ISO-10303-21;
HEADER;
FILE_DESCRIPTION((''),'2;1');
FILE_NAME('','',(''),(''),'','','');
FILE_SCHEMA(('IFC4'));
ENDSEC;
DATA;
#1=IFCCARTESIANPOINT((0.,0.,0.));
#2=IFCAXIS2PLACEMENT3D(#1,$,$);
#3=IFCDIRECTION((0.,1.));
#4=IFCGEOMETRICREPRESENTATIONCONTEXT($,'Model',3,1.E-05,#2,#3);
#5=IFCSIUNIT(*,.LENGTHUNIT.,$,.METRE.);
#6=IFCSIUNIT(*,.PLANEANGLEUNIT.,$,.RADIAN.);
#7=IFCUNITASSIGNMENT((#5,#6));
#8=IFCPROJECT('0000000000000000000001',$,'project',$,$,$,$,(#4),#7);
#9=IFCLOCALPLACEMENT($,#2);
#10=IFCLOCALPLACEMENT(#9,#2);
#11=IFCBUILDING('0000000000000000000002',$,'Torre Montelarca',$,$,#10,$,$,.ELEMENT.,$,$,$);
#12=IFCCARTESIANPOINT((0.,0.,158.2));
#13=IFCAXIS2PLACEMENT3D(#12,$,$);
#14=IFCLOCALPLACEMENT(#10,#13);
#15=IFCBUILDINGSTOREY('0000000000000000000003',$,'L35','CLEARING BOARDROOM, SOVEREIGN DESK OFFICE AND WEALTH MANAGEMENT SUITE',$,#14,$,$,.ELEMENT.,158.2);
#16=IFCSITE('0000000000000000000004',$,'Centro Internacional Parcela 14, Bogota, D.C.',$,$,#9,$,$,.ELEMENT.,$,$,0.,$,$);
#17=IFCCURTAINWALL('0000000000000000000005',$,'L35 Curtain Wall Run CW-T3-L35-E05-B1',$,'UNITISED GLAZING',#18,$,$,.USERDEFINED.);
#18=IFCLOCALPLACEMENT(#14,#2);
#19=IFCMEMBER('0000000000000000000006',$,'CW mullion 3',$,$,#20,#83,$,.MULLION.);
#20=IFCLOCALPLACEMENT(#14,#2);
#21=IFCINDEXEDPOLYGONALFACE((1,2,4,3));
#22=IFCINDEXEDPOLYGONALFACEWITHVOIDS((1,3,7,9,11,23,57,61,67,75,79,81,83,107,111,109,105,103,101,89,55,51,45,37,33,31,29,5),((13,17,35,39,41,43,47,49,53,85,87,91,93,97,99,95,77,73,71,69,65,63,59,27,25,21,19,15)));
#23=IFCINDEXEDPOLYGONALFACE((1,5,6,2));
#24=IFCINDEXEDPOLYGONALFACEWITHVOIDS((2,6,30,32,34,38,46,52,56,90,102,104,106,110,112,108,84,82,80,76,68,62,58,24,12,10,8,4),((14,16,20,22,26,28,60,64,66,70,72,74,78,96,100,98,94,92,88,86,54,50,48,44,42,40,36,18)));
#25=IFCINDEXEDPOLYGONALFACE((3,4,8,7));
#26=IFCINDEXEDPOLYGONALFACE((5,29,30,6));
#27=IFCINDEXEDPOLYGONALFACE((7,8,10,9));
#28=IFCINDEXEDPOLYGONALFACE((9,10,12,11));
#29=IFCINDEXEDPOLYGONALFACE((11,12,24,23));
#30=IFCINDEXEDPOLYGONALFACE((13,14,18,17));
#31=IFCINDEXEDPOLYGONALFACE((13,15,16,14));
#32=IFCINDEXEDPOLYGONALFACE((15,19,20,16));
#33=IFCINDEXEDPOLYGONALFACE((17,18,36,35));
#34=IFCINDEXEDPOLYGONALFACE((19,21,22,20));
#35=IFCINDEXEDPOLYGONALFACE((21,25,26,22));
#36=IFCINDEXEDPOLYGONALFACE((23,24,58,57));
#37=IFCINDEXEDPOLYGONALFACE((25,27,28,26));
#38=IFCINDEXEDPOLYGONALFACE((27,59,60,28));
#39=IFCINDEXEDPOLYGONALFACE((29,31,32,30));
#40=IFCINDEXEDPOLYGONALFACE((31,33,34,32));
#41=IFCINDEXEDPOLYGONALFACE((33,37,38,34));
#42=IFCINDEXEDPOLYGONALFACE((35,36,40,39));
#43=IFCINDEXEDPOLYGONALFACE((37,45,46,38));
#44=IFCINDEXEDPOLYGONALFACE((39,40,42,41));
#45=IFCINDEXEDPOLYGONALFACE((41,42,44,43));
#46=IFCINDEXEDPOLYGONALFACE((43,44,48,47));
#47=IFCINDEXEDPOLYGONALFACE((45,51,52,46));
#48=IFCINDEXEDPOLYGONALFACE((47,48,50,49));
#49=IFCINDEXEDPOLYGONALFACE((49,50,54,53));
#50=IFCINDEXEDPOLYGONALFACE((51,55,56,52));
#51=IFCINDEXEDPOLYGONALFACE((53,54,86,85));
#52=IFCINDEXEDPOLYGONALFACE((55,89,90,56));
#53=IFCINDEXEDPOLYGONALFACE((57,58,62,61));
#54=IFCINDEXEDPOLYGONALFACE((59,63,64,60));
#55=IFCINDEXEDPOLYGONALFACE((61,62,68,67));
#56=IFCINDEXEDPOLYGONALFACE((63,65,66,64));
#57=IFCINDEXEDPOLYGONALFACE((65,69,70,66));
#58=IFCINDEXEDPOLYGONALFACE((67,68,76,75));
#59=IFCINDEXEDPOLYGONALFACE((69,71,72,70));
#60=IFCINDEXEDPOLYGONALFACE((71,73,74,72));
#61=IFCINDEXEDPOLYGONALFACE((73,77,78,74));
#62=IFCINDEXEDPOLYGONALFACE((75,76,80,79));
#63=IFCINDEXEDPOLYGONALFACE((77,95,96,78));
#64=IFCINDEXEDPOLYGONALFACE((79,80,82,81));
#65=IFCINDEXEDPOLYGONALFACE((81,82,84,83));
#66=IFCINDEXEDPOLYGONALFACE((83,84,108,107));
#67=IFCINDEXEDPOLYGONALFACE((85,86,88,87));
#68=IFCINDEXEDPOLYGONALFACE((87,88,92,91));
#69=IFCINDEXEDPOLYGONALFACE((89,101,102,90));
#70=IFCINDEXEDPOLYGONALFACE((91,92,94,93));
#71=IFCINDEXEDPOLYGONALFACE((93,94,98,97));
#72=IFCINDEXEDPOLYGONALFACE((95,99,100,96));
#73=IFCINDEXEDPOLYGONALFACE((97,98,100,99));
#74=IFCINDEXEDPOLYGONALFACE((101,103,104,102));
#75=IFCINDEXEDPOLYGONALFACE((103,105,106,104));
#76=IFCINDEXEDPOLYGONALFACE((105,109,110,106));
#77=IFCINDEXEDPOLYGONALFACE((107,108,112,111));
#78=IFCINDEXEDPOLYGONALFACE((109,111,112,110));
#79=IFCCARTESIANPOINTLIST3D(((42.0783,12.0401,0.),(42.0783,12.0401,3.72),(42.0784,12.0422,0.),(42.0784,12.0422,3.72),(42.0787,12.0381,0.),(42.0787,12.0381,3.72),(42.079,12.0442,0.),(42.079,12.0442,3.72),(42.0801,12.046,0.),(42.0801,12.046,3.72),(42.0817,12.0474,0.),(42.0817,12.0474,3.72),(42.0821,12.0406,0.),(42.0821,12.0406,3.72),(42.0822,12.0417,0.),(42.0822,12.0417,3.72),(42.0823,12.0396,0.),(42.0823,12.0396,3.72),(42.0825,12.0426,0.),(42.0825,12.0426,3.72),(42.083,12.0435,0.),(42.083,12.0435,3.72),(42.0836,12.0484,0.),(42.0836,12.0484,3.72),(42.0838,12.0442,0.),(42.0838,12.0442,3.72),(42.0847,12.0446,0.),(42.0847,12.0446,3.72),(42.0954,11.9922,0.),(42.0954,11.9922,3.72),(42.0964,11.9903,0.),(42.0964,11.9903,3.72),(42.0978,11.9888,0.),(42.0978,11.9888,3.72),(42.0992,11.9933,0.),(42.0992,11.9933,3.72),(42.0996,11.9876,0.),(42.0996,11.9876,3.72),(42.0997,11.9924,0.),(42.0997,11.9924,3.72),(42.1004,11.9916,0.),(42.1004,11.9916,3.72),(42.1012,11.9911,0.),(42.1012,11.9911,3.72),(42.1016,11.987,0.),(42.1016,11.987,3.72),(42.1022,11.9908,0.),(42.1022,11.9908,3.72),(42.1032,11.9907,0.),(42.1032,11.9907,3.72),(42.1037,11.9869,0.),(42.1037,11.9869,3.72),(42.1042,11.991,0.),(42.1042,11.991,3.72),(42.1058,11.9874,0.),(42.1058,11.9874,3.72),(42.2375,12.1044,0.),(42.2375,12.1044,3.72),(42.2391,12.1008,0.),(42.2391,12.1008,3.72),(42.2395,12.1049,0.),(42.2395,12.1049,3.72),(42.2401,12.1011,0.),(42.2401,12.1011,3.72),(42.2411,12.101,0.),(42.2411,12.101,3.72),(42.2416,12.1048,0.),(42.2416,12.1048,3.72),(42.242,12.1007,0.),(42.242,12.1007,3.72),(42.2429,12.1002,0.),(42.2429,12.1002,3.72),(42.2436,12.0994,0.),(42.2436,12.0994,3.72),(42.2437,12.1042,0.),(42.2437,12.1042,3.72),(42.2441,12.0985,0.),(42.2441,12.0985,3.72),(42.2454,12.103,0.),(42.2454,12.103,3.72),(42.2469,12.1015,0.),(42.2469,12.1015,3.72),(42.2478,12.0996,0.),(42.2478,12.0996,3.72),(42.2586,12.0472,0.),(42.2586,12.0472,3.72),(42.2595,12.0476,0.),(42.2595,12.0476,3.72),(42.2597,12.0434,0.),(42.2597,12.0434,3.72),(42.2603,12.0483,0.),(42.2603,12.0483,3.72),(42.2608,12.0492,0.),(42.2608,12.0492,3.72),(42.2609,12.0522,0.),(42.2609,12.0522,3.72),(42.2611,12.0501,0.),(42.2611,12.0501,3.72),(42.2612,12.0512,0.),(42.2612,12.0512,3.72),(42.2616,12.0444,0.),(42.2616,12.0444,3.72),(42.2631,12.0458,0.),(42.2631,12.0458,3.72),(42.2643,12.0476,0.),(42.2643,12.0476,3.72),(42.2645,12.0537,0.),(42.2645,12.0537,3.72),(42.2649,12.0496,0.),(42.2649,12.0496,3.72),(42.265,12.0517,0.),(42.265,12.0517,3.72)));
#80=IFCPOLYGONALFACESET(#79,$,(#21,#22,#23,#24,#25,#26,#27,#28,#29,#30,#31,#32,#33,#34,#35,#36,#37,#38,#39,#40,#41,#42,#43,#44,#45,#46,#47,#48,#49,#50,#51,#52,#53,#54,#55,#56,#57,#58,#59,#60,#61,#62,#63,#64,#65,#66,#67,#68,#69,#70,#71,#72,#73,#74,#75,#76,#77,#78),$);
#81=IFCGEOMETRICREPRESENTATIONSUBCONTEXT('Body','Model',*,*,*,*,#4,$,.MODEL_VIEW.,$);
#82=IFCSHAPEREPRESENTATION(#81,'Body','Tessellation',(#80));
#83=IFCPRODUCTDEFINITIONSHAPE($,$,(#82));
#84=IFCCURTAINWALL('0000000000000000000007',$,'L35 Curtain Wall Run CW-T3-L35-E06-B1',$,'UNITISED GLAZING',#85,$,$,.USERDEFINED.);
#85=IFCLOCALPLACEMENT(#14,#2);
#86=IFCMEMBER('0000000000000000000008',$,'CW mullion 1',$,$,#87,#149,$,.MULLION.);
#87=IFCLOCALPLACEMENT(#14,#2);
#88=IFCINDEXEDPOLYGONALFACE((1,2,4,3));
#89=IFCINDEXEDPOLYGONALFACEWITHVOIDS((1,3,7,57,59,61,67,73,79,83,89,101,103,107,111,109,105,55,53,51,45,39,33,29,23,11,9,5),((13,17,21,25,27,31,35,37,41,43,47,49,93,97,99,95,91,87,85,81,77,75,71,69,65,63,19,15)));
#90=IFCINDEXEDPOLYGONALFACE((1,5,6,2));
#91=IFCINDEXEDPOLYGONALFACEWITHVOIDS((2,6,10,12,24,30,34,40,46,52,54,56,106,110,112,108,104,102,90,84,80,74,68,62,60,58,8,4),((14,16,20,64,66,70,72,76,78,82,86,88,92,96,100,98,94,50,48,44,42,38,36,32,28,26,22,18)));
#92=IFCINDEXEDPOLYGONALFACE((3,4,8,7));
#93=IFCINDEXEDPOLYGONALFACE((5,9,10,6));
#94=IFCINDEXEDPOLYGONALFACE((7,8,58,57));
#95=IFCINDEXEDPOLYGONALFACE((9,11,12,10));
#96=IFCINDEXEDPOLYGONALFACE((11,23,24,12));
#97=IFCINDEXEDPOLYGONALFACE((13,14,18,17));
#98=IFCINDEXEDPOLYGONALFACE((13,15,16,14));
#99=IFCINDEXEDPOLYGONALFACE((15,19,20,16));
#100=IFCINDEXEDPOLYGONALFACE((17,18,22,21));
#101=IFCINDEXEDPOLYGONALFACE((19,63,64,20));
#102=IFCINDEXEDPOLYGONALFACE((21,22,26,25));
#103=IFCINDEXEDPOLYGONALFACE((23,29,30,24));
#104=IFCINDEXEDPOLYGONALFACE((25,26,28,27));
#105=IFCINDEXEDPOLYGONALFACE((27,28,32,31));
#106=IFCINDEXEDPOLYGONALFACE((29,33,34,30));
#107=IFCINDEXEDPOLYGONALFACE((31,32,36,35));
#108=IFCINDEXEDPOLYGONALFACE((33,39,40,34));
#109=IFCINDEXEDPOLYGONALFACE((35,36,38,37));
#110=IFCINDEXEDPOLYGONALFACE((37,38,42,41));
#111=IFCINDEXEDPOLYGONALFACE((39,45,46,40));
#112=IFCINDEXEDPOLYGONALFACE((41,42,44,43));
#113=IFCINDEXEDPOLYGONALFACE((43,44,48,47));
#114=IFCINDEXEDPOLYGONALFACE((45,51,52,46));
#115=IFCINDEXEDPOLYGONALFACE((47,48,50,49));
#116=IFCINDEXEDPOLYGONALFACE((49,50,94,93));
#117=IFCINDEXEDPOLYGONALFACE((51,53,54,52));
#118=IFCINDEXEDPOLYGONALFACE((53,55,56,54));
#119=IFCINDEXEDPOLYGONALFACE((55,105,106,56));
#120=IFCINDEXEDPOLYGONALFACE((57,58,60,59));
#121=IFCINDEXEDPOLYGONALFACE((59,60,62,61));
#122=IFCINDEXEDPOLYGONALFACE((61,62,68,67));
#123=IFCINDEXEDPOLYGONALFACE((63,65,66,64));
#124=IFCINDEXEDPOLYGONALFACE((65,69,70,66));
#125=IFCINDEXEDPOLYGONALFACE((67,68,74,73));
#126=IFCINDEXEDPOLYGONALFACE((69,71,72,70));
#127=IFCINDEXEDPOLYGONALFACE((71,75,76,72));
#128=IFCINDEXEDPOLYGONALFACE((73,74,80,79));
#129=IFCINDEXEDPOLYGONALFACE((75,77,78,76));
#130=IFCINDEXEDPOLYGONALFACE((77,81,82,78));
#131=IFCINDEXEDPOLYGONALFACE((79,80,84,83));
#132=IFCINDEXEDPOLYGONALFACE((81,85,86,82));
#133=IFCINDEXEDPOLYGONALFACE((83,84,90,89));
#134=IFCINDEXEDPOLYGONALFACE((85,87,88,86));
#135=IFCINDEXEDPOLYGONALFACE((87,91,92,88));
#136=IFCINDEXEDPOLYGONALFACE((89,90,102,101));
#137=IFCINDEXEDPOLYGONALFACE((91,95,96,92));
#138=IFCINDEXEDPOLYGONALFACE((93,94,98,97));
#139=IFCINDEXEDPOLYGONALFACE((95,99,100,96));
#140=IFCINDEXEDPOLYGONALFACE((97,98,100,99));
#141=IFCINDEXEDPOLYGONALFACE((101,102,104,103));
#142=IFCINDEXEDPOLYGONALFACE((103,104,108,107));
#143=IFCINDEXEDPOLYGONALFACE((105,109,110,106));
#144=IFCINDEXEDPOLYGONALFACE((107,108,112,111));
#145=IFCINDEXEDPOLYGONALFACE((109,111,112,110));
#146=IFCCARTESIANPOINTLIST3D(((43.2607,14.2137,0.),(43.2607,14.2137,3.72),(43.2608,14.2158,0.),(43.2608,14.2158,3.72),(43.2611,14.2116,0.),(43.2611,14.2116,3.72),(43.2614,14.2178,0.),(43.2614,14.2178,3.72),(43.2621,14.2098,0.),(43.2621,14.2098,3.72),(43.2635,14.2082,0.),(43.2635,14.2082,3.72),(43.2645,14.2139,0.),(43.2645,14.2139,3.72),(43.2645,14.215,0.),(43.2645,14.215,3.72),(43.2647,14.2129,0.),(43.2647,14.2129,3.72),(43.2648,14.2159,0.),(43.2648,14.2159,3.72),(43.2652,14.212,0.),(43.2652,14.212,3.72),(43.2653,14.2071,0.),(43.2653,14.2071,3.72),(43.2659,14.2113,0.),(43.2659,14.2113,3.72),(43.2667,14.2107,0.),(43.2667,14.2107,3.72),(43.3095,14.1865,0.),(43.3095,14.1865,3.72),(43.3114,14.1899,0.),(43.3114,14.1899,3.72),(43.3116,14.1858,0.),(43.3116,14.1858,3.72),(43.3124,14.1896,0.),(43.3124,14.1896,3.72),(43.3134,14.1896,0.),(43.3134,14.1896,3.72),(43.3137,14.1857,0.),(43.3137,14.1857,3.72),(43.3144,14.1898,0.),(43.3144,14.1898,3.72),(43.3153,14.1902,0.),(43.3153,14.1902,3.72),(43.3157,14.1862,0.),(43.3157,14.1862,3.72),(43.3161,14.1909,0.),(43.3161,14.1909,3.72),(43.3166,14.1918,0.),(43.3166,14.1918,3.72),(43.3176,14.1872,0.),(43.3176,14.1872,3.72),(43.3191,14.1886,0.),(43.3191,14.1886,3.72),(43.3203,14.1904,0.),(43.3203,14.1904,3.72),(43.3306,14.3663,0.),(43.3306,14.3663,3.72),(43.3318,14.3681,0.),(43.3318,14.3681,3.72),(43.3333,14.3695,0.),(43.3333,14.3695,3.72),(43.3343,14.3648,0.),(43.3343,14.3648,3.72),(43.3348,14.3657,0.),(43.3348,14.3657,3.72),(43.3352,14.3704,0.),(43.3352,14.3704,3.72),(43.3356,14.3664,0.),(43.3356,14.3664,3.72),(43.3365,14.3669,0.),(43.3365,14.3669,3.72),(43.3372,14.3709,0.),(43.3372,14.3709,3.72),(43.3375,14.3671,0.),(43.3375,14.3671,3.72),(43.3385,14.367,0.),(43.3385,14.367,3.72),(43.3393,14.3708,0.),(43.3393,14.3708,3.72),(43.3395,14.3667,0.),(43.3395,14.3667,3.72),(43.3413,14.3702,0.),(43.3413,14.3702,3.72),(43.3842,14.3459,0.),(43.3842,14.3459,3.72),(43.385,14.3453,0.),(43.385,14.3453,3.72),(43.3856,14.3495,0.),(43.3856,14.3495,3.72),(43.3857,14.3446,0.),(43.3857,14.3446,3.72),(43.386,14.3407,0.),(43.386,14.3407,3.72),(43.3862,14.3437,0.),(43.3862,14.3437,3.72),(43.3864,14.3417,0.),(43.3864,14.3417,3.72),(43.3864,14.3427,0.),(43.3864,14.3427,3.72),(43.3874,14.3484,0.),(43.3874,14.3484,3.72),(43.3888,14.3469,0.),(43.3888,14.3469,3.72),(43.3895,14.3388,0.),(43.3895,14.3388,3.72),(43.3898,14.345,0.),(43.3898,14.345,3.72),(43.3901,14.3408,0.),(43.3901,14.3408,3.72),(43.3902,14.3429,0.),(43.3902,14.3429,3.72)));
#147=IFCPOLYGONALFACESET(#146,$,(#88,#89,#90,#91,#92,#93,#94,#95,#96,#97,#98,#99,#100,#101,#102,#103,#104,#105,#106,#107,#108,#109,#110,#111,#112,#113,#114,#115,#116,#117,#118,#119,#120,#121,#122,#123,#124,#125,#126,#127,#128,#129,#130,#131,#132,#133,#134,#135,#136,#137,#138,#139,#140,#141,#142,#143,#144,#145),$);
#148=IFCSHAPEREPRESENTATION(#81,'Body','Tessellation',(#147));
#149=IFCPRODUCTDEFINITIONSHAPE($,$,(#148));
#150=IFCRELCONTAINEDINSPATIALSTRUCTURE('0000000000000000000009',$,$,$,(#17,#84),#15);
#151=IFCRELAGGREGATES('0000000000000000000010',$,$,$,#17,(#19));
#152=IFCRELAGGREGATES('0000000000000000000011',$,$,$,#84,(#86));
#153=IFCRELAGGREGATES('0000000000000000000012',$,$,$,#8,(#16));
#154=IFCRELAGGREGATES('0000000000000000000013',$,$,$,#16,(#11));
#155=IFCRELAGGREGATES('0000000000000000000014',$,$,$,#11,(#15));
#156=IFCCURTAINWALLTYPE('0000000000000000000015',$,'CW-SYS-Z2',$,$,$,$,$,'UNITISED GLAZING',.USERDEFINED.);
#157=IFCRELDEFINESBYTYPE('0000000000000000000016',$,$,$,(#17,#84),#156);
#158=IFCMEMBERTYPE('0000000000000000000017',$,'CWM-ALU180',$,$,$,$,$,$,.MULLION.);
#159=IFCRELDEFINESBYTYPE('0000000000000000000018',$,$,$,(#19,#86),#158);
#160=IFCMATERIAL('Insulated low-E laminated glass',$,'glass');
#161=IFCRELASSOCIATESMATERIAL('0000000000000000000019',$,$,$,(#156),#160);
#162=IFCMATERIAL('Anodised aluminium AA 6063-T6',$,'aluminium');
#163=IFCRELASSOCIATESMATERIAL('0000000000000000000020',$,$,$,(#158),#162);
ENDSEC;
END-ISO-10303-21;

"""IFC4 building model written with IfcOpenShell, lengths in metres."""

from ifc_helpers import new_model, si_unit, direction, frame, origin, origin_2d, place, context, subcontext, project, spatial, hollow_rectangle, extrude, source, transform, mapped, material, material_profile, profile_set, type_object, element, aggregate, save


model = new_model("IFC4")

# Units and contexts
model_context = context("Model", 3, precision=1e-05, world=origin(), true_north=direction((0.0, 1.0)))
body_context = subcontext(model_context, "Body", "Model", "MODEL_VIEW")
ifc_project = project(units=[si_unit("LENGTHUNIT", "METRE"), si_unit("PLANEANGLEUNIT", "RADIAN")], contexts=[model_context])

# Site, building, storey
site_placement = place(None, origin())
site = spatial("IfcSite", under=ifc_project, at=site_placement, Name="Centro Internacional Parcela 14, Bogota, D.C.", CompositionType="ELEMENT", RefElevation=0.0)
building_placement = place(site_placement, origin())
building = spatial("IfcBuilding", under=site, at=building_placement, Name="Torre Montelarca", CompositionType="ELEMENT")
storey_placement = place(building_placement, frame((0.0, 0.0, 158.2)))
storey = spatial("IfcBuildingStorey", under=building, at=storey_placement, Name="L35", Description="CLEARING BOARDROOM, SOVEREIGN DESK OFFICE AND WEALTH MANAGEMENT SUITE", CompositionType="ELEMENT", Elevation=158.2)

# Curtain walls, members
ifc_material_1 = material(Name="Insulated low-E laminated glass", Category="glass")
curtain_wall_type = type_object("IfcCurtainWallType", Name="CW-SYS-Z2", ElementType="UNITISED GLAZING", PredefinedType="USERDEFINED", material=ifc_material_1)
curtain_wall_1_placement = place(storey_placement, origin())
curtain_wall_1 = element("IfcCurtainWall", 1, at=curtain_wall_1_placement, inside=storey, type_object=curtain_wall_type, Name="L35 Curtain Wall Run CW-T3-L35-E05-B1", ObjectType="UNITISED GLAZING", PredefinedType="USERDEFINED")
ifc_material_2 = material(Name="Anodised aluminium AA 6063-T6", Category="aluminium")
ifc_material_profile_1 = material_profile(ifc_material_2, hollow_rectangle(XDim=0.0649, YDim=0.1799, WallThickness=0.0039, InnerFilletRadius=0.0039, OuterFilletRadius=0.0081, at=origin_2d()), Name="ALU65X180X4", Category="aluminium")
ifc_profile_set_1 = profile_set([ifc_material_profile_1], Name="Anodised aluminium AA 6063-T6")
member_type_1 = type_object("IfcMemberType", Name="CWM-ALU180", PredefinedType="MULLION", material=ifc_profile_set_1)
shared_shape_1 = source(origin(), body_context, "Body", "SweptSolid", [
    extrude(hollow_rectangle(XDim=0.0649, YDim=0.1799, WallThickness=0.0039, InnerFilletRadius=0.0039, OuterFilletRadius=0.0081, at=origin_2d()), origin(), (0.0, 0.0, 1.0), 3.72),
])
member_1_placement = place(storey_placement, frame((42.1716, 12.0459, 0.0), z_axis=(0.0, 0.0, 1.0), x_axis=(-0.342016, 0.939694, 0.0)))
member_1 = element("IfcMember", 2, at=member_1_placement, type_object=member_type_1, Name="CW mullion 3", PredefinedType="MULLION", context=body_context, shape_type="MappedRepresentation", body=[
    mapped(shared_shape_1, transform((0.0, 0.0, 0.0), scale=1.0)),
])
curtain_wall_2_placement = place(storey_placement, origin())
curtain_wall_2 = element("IfcCurtainWall", 3, at=curtain_wall_2_placement, inside=storey, type_object=curtain_wall_type, Name="L35 Curtain Wall Run CW-T3-L35-E06-B1", ObjectType="UNITISED GLAZING", PredefinedType="USERDEFINED")
member_2_placement = place(storey_placement, frame((43.3254, 14.2783, 0.0), z_axis=(0.0, 0.0, 1.0), x_axis=(-0.906314, 0.422604, 0.0)))
member_2 = element("IfcMember", 4, at=member_2_placement, type_object=member_type_1, Name="CW mullion 1", PredefinedType="MULLION", context=body_context, shape_type="MappedRepresentation", body=[
    mapped(shared_shape_1, transform((0.0, 0.0, 0.0), scale=1.0)),
])

aggregate(curtain_wall_1, [member_1])
aggregate(curtain_wall_2, [member_2])

save(model, "model.ifc")
